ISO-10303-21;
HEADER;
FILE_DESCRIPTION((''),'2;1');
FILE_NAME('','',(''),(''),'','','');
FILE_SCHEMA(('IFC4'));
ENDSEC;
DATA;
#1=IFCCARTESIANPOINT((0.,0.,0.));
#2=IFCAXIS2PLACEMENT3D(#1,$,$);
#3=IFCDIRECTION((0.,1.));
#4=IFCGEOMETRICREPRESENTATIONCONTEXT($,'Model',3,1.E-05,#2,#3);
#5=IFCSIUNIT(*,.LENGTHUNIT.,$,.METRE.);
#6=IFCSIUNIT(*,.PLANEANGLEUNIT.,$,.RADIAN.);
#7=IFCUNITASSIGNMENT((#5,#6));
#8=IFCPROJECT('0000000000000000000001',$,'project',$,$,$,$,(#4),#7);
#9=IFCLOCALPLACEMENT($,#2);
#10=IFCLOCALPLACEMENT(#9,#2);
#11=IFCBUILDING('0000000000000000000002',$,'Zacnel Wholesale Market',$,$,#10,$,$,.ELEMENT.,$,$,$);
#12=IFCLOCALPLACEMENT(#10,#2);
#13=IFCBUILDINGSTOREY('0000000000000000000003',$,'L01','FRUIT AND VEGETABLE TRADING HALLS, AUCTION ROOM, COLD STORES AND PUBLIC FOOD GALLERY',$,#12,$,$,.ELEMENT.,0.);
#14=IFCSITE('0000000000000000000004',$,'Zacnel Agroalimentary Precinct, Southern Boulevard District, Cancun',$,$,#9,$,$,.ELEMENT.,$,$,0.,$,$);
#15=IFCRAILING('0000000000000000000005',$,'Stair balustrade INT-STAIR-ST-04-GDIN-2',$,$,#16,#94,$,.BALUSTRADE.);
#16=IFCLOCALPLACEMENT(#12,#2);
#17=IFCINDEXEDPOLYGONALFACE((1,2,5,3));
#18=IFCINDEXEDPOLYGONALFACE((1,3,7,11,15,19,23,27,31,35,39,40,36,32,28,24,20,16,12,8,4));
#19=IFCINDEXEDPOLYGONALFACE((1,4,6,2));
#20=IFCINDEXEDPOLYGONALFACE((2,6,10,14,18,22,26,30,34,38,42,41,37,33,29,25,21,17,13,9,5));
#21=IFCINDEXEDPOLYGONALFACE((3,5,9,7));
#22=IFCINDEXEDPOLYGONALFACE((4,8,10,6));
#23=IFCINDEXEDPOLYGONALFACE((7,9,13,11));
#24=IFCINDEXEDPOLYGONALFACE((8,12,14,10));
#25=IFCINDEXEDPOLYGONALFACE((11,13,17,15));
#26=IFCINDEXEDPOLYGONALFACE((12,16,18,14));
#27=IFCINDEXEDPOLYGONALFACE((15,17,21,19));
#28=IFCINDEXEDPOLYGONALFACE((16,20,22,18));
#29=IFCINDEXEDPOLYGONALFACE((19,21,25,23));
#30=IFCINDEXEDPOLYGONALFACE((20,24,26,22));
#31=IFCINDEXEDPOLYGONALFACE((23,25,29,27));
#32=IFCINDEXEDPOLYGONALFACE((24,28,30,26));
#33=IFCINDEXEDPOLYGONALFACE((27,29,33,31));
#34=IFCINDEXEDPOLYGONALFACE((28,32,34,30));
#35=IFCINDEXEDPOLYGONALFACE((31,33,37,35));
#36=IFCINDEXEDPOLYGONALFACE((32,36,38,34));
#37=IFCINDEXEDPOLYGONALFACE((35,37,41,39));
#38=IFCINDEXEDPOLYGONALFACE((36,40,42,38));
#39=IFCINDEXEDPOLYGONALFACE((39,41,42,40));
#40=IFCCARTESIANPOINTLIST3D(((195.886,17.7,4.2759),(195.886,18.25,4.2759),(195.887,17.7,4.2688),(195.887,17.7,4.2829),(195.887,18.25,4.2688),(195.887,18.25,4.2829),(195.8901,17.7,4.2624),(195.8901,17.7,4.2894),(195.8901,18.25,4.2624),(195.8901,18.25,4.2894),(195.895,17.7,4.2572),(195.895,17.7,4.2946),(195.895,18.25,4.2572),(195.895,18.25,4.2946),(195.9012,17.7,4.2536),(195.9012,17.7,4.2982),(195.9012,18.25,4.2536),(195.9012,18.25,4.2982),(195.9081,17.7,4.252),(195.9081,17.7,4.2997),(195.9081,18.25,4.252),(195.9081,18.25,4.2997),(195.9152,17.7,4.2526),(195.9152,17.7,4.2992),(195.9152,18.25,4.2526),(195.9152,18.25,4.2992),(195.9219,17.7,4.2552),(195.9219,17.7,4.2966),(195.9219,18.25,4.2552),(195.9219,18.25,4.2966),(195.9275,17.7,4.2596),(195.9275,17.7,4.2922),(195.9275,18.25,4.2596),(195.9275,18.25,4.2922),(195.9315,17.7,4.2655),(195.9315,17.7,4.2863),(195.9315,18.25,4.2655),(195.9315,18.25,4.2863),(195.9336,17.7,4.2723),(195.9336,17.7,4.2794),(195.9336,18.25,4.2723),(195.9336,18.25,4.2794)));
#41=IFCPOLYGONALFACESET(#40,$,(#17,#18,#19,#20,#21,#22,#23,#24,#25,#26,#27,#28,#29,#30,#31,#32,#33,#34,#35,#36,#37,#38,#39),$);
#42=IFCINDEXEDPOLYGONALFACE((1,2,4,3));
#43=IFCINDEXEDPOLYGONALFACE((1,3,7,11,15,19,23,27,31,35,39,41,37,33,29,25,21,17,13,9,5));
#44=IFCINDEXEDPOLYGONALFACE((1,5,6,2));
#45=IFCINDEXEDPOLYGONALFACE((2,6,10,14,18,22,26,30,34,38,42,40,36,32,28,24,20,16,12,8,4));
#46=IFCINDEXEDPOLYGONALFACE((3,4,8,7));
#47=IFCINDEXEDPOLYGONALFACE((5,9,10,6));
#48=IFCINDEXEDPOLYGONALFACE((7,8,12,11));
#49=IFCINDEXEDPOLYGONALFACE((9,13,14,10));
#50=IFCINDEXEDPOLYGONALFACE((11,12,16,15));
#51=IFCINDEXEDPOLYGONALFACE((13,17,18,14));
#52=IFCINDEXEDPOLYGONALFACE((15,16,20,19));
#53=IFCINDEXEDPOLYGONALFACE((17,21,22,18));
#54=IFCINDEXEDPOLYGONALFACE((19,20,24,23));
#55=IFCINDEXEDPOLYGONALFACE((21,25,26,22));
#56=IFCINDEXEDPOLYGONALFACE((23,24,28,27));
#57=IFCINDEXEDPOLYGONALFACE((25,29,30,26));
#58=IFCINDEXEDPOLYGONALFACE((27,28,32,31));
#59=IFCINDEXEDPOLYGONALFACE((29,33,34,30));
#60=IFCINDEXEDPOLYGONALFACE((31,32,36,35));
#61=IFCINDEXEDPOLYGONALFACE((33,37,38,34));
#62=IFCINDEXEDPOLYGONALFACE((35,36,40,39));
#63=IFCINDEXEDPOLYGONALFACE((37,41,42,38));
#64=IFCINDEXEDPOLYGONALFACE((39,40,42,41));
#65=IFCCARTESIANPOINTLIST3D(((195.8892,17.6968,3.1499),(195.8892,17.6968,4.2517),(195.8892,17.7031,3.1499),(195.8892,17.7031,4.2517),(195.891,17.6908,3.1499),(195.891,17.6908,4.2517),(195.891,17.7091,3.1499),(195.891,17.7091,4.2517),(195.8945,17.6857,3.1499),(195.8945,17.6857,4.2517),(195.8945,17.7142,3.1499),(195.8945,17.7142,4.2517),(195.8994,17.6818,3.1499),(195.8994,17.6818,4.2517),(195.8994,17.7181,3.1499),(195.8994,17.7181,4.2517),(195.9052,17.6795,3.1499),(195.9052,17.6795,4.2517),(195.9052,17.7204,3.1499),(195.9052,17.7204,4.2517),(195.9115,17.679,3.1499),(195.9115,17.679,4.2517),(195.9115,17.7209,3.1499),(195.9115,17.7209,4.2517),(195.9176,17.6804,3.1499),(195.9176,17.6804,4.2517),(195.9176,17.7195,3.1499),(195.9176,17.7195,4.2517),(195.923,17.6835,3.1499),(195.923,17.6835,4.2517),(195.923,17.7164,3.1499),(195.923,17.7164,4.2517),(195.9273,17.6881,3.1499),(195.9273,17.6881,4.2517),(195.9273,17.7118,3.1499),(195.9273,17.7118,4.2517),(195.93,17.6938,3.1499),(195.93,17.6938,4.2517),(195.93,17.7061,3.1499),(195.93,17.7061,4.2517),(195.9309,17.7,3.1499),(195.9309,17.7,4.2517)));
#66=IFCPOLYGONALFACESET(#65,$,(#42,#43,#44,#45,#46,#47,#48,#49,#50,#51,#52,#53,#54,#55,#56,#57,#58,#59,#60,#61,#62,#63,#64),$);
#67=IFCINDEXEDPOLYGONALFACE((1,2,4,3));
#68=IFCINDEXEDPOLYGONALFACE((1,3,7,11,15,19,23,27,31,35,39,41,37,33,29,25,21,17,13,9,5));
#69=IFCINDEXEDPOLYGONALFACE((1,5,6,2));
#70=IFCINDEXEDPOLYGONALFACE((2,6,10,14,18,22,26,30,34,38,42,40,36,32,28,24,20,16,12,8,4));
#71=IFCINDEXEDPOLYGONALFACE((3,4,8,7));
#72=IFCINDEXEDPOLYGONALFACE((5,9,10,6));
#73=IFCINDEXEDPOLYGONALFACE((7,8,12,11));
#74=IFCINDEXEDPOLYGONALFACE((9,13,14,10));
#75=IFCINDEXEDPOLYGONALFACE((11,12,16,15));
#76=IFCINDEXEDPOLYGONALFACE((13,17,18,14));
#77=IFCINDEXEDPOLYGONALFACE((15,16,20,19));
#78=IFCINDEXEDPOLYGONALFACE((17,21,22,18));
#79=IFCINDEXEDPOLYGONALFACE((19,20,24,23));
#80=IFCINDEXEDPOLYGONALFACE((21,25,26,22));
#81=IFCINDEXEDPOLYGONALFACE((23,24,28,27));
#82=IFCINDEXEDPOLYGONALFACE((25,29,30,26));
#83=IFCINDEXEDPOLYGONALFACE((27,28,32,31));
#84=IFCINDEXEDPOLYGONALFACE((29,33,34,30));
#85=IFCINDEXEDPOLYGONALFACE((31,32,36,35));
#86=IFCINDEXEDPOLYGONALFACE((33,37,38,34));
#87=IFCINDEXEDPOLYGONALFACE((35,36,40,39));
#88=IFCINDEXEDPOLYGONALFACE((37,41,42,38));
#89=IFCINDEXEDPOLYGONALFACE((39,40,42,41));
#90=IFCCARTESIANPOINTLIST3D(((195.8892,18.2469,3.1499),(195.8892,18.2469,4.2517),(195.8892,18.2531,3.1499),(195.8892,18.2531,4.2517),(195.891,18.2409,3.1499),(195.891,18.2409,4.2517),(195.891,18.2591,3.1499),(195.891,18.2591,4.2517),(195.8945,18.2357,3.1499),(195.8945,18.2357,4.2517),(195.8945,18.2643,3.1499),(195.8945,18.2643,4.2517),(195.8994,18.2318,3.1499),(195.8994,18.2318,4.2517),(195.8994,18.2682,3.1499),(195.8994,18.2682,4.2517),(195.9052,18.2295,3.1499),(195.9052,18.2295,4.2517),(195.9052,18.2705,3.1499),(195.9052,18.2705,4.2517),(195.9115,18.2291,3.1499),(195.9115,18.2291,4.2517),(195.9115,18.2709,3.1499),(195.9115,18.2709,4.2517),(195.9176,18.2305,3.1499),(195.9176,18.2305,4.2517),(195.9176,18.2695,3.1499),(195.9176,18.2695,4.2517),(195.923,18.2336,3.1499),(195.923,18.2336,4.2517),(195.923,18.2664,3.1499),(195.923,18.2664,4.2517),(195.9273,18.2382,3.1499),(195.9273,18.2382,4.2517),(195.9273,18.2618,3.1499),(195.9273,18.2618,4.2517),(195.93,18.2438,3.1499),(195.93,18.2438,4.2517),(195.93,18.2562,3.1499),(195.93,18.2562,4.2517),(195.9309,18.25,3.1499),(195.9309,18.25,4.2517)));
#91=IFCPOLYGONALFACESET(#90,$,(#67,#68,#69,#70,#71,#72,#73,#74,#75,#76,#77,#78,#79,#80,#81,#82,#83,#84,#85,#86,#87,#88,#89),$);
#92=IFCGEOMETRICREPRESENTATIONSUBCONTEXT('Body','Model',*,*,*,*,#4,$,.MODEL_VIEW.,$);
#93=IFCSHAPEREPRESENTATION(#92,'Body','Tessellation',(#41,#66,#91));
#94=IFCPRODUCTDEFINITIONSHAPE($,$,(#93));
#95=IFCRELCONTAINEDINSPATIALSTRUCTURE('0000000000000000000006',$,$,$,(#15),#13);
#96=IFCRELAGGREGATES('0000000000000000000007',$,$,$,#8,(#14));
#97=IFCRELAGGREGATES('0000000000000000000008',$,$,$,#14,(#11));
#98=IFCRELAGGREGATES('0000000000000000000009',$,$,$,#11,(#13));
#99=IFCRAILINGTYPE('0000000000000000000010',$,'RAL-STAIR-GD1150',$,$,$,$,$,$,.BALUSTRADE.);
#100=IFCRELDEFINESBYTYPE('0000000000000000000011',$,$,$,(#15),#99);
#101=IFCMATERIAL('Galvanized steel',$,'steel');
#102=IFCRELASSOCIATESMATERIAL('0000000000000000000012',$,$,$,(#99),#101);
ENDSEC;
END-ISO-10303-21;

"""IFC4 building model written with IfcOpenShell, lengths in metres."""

from ifc_helpers import new_model, si_unit, direction, frame, origin, origin_2d, place, context, subcontext, project, spatial, circle, extrude, material, type_object, element, save


model = new_model("IFC4")

# Units and contexts
model_context = context("Model", 3, precision=1e-05, world=origin(), true_north=direction((0.0, 1.0)))
body_context = subcontext(model_context, "Body", "Model", "MODEL_VIEW")
ifc_project = project(units=[si_unit("LENGTHUNIT", "METRE"), si_unit("PLANEANGLEUNIT", "RADIAN")], contexts=[model_context])

# Site, building, storey
site_placement = place(None, origin())
site = spatial("IfcSite", under=ifc_project, at=site_placement, Name="Zacnel Agroalimentary Precinct, Southern Boulevard District, Cancun", CompositionType="ELEMENT", RefElevation=0.0)
building_placement = place(site_placement, origin())
building = spatial("IfcBuilding", under=site, at=building_placement, Name="Zacnel Wholesale Market", CompositionType="ELEMENT")
storey_placement = place(building_placement, origin())
storey = spatial("IfcBuildingStorey", under=building, at=storey_placement, Name="L01", Description="FRUIT AND VEGETABLE TRADING HALLS, AUCTION ROOM, COLD STORES AND PUBLIC FOOD GALLERY", CompositionType="ELEMENT", Elevation=0.0)

# Railing
ifc_material_1 = material(Name="Galvanized steel", Category="steel")
railing_type = type_object("IfcRailingType", Name="RAL-STAIR-GD1150", PredefinedType="BALUSTRADE", material=ifc_material_1)
railing_1_placement = place(storey_placement, frame((195.9099, 17.7, 3.1499)))
element("IfcRailing", 1, at=railing_1_placement, inside=storey, type_object=railing_type, Name="Stair balustrade INT-STAIR-ST-04-GDIN-2", PredefinedType="BALUSTRADE", context=body_context, shape_type="SweptSolid", body=[
    extrude(circle(Radius=0.0239, at=origin_2d()), frame((0.0, 0.0, 1.126), z_axis=(0.0, 1.0, 0.0), x_axis=(-1.0, 0.0, 0.0)), (0.0, 0.0, 1.0), 0.55),
    extrude(circle(Radius=0.021, at=origin_2d()), origin(), (0.0, 0.0, 1.0), 1.1018),
    extrude(circle(Radius=0.021, at=origin_2d()), frame((0.0, 0.55, 0.0)), (0.0, 0.0, 1.0), 1.1018),
])

save(model, "model.ifc")
